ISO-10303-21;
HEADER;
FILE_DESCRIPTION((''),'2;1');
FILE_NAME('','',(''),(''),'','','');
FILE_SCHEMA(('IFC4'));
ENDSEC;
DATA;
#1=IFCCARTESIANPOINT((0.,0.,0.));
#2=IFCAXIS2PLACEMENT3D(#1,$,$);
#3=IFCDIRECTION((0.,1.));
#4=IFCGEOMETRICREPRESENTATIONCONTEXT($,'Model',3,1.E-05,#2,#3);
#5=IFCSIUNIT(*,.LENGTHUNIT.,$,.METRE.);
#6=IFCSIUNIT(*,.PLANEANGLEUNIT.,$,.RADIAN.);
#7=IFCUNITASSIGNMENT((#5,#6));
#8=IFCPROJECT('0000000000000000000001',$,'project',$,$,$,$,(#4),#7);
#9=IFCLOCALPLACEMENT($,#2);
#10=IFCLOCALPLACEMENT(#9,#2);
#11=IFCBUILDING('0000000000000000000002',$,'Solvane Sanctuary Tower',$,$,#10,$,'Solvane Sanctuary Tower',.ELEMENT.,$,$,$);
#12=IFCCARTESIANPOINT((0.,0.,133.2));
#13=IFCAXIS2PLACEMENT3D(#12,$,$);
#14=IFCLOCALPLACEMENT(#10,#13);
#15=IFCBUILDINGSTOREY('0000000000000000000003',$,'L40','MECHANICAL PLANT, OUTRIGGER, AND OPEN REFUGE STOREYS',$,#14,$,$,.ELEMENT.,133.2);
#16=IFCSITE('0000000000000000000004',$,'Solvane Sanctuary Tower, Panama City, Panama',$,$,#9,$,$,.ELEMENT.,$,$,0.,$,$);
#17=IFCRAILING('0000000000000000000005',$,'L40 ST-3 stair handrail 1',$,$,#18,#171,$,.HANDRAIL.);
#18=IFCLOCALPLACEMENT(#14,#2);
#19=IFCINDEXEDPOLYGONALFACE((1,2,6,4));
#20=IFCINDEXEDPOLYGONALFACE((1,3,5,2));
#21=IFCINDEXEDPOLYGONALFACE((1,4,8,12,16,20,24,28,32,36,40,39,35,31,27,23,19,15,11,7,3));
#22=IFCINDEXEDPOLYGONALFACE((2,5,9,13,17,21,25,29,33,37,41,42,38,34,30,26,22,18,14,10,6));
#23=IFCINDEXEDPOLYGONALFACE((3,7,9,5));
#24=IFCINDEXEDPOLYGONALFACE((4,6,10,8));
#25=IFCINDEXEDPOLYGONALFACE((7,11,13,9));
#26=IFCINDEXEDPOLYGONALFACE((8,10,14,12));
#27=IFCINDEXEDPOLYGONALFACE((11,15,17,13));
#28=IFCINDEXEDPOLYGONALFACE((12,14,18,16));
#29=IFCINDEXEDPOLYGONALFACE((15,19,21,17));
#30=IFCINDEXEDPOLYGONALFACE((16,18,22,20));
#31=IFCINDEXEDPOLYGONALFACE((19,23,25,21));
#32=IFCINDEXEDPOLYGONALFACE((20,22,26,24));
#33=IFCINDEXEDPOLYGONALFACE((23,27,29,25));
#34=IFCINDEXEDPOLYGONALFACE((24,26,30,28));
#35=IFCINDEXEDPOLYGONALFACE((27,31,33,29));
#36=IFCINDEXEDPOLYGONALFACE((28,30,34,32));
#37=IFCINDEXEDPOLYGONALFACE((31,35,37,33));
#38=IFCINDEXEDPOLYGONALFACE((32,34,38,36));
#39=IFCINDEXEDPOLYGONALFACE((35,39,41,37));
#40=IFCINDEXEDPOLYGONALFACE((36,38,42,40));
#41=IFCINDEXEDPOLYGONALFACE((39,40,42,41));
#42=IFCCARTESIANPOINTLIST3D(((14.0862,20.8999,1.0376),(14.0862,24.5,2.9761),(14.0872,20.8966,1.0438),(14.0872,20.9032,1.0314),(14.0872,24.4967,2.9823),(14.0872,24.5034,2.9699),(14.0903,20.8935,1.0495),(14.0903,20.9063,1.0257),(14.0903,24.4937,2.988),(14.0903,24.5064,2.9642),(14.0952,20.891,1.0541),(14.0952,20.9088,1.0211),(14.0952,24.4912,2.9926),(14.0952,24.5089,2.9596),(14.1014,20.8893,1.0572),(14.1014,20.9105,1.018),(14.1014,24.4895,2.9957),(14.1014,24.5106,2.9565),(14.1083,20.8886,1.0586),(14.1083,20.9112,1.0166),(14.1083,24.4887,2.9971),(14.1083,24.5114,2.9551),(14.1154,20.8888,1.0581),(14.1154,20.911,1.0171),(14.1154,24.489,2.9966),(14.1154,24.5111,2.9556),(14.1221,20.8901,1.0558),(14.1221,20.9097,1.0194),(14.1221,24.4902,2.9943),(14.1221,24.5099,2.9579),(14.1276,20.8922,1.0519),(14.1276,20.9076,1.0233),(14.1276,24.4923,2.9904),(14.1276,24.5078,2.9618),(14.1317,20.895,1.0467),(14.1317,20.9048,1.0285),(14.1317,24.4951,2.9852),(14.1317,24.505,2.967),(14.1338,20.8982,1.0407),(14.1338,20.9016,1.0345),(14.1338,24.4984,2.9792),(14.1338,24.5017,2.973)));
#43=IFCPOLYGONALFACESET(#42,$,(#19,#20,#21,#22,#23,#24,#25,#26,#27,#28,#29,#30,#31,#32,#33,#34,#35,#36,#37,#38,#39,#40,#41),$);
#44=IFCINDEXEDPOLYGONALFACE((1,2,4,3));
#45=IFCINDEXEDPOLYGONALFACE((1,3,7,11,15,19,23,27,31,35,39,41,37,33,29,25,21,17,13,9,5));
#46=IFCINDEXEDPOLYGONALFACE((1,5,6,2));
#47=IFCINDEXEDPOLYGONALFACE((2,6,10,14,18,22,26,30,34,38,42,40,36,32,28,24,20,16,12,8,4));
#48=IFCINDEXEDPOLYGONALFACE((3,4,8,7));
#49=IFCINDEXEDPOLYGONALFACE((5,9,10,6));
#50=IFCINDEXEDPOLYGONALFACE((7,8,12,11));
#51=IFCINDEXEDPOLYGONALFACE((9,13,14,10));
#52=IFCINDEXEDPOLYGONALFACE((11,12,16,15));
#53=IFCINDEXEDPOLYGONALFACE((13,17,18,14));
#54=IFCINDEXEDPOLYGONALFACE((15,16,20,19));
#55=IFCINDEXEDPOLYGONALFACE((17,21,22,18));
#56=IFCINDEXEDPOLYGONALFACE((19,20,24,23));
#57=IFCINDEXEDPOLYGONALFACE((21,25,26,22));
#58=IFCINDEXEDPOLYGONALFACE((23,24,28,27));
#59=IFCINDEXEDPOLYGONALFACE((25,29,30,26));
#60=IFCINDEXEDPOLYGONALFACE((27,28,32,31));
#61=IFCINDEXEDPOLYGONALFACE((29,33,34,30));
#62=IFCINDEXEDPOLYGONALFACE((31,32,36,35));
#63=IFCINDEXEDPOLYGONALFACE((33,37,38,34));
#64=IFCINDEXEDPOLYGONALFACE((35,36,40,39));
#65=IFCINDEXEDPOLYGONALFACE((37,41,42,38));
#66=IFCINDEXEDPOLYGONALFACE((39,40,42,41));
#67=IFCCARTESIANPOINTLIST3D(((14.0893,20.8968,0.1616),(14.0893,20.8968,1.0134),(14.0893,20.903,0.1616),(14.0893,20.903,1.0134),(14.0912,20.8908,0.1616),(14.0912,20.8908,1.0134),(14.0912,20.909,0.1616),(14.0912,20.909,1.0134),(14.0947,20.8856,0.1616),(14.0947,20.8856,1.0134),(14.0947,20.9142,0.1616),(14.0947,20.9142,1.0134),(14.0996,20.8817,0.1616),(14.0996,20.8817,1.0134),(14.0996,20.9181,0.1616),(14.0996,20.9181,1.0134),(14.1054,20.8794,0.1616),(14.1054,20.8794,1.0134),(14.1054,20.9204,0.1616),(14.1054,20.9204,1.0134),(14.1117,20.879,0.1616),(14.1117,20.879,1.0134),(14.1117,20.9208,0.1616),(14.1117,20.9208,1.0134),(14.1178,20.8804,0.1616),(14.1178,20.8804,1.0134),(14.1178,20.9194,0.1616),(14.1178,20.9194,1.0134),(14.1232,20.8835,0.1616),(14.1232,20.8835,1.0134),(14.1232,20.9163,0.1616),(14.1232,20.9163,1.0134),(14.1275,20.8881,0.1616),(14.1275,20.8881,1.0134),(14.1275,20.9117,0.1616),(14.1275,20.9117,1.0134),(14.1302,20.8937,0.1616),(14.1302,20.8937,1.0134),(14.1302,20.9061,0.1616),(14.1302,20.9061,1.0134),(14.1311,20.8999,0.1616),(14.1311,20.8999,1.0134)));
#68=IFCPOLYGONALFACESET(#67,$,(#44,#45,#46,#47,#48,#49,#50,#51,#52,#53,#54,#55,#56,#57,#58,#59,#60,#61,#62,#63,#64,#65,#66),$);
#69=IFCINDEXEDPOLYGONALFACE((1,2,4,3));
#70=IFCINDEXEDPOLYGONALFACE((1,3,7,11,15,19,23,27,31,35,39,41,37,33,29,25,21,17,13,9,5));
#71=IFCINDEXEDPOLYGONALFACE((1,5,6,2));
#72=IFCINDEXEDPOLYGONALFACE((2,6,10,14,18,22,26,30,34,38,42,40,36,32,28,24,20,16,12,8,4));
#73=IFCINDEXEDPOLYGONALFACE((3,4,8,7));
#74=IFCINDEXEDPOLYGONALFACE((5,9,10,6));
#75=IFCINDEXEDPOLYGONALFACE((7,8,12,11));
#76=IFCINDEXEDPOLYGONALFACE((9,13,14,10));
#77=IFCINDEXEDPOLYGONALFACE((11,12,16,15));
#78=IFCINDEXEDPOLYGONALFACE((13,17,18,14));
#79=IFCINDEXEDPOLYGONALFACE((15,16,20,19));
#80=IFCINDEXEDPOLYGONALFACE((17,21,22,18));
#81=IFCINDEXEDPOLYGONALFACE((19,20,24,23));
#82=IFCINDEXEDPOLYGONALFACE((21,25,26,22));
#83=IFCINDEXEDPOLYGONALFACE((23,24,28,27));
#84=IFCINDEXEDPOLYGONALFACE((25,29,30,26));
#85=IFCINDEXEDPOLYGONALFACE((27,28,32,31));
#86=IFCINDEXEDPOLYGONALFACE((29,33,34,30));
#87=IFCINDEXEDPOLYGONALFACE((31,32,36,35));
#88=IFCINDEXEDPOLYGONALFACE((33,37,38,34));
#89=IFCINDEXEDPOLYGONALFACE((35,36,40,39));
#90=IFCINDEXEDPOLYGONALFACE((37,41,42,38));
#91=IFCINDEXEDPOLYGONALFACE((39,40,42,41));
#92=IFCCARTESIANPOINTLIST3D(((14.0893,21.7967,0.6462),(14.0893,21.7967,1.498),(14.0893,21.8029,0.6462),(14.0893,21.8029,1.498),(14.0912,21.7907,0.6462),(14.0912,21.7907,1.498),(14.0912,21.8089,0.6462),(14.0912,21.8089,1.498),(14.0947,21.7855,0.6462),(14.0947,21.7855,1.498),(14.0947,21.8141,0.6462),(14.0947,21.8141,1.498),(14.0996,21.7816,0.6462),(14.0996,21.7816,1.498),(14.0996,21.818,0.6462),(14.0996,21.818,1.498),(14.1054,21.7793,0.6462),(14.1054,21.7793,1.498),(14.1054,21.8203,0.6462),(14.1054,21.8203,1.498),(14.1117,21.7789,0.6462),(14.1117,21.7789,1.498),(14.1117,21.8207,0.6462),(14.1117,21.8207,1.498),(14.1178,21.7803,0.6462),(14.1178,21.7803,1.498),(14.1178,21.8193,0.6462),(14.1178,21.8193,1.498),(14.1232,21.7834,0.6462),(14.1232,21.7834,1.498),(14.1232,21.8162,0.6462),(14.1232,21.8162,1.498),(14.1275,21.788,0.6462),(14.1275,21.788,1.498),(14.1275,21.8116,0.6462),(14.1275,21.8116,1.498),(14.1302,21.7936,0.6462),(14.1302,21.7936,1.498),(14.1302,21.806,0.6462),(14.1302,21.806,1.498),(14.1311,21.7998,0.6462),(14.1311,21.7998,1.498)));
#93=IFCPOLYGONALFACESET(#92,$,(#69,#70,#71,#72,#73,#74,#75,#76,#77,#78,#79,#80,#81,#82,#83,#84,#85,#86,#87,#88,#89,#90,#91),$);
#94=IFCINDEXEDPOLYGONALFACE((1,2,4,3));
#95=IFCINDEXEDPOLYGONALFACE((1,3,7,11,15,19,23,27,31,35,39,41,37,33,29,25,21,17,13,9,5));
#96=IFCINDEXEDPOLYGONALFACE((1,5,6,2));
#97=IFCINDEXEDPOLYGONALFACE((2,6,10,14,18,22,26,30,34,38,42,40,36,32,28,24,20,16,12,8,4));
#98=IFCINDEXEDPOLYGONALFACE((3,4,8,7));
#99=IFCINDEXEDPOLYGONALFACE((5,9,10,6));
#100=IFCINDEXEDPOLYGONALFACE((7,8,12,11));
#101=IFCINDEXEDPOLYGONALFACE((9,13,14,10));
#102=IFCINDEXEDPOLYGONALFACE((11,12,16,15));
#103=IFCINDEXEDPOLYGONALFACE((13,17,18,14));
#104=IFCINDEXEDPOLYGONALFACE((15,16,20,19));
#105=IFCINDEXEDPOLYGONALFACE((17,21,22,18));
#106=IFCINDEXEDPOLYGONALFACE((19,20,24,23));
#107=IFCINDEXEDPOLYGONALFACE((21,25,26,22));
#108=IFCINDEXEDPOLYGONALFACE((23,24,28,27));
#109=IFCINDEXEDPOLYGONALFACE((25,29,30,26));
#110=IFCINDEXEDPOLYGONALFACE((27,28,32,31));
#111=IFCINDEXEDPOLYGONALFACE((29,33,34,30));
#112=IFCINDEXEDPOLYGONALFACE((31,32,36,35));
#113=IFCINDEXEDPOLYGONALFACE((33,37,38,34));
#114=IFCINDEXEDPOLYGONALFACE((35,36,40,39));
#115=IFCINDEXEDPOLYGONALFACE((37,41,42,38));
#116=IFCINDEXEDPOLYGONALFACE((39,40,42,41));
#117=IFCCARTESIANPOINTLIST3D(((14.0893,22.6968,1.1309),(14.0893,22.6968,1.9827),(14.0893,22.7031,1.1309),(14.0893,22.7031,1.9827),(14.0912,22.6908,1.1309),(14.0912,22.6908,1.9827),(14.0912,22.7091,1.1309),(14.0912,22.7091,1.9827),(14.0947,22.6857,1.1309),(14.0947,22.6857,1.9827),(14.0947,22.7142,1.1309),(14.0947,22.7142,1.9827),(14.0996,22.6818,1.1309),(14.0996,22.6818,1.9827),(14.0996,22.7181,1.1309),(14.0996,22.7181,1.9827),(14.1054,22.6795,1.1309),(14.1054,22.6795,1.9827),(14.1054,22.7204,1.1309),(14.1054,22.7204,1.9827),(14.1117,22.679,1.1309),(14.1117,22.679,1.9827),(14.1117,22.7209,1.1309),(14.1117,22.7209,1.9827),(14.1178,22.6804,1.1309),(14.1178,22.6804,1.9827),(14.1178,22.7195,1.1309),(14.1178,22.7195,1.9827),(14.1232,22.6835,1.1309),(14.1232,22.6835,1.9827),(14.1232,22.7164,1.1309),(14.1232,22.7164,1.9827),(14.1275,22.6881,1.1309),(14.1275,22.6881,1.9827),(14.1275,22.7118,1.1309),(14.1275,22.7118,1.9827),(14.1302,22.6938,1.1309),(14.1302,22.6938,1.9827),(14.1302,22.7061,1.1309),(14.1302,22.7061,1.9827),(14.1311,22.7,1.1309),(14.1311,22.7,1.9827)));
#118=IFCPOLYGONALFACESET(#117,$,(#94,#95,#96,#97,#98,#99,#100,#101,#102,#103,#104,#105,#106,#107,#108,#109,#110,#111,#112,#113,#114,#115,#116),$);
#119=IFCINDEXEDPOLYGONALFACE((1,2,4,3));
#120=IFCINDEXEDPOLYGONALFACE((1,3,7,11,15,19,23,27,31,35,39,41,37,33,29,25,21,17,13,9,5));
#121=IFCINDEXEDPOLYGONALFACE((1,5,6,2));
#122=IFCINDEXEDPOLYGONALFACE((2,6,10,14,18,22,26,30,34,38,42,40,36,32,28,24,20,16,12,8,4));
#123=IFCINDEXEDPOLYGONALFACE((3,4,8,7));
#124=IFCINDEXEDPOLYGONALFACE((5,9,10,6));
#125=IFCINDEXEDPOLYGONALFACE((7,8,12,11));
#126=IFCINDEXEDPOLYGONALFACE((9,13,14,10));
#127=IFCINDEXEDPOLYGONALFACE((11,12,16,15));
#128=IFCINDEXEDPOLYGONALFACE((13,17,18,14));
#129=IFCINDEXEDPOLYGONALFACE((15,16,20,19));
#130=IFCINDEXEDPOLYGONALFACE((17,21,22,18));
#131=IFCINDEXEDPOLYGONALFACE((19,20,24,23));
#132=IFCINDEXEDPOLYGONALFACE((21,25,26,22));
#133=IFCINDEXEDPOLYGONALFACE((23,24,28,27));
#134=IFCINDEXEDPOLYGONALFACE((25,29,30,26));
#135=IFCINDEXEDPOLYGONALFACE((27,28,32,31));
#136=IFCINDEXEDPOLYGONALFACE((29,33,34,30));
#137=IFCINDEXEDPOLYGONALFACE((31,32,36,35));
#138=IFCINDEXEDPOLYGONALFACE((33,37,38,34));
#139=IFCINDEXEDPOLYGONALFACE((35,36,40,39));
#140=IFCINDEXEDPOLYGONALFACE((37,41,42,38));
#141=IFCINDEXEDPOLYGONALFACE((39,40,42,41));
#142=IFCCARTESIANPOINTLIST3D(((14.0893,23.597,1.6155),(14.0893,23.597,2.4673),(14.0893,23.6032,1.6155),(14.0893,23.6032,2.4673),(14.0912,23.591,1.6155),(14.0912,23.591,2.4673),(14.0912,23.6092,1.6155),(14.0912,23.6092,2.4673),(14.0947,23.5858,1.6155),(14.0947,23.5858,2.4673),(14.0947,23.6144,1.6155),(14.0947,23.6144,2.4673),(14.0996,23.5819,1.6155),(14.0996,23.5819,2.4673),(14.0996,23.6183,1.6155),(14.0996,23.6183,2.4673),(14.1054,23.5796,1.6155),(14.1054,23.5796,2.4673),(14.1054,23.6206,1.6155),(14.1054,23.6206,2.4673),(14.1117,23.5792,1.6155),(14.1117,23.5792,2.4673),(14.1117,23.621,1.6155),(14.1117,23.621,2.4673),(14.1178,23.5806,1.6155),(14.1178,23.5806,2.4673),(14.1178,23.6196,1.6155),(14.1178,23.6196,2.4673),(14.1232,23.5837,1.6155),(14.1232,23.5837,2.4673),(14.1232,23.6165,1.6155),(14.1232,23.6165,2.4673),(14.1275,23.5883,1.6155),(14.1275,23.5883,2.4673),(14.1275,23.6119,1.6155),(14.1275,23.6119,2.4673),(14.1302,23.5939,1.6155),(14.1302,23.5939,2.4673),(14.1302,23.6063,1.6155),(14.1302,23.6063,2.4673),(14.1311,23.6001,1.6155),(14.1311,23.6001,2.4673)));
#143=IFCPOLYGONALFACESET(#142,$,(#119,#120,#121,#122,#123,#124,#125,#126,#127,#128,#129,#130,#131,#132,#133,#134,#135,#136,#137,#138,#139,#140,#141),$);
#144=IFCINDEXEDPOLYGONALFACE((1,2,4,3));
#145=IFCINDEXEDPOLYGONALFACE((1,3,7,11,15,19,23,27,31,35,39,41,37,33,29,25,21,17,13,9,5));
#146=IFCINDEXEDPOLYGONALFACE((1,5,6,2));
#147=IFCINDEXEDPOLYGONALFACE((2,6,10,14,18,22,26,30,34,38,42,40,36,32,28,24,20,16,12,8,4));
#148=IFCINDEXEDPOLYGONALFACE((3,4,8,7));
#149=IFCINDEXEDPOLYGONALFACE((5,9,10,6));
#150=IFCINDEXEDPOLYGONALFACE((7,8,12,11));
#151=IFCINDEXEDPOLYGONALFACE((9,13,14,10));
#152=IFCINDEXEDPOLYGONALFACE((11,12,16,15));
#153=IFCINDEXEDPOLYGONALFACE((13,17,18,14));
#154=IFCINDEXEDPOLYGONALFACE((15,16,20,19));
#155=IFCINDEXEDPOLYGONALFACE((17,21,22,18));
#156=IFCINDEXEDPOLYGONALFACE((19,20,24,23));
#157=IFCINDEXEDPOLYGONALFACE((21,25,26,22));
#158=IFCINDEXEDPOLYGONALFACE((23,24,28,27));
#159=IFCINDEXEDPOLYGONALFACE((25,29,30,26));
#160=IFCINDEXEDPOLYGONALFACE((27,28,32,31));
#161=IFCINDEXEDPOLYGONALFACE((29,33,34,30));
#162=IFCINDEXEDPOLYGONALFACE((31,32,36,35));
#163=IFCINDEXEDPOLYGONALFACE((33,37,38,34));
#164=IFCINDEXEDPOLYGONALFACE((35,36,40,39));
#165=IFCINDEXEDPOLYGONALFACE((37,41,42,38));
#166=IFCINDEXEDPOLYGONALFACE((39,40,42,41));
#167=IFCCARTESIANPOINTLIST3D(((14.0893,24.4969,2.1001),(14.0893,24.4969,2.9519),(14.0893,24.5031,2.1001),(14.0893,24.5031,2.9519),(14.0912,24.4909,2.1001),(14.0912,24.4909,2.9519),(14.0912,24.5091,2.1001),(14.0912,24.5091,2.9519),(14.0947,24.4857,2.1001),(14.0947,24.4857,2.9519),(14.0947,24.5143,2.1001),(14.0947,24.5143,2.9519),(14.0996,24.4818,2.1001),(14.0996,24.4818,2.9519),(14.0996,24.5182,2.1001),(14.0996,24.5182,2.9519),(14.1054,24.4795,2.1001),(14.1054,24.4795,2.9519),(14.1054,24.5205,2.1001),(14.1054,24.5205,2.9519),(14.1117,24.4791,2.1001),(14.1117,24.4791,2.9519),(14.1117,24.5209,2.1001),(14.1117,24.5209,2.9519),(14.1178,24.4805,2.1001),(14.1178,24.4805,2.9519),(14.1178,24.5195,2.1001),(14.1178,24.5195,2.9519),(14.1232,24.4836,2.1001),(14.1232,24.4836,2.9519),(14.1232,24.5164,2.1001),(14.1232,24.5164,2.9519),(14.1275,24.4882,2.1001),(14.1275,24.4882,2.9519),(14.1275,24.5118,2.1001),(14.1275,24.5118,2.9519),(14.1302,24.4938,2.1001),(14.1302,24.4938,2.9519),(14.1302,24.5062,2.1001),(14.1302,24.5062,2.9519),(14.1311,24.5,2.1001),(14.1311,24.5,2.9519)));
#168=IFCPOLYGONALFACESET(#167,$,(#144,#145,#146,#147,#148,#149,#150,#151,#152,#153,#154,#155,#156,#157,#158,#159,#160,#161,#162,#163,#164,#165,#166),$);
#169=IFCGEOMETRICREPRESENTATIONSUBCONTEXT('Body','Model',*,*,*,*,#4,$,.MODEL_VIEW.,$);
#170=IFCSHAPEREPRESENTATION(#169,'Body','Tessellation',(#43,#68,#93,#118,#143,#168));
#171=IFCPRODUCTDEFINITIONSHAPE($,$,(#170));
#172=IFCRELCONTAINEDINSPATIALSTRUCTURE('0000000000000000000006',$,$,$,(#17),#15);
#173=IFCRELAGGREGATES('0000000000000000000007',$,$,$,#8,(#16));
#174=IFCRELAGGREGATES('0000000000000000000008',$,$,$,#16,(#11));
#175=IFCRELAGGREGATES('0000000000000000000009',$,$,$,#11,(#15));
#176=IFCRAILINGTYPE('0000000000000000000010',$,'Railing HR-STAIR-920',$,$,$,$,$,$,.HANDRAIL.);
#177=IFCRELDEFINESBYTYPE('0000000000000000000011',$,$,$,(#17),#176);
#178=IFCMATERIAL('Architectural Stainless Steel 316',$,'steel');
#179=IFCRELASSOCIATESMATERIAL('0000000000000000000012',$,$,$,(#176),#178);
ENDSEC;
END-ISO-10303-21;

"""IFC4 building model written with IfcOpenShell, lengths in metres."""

from ifc_helpers import new_model, si_unit, direction, frame, origin, origin_2d, place, context, subcontext, project, spatial, circle, extrude, material, type_object, element, save


model = new_model("IFC4")

# Units and contexts
model_context = context("Model", 3, precision=1e-05, world=origin(), true_north=direction((0.0, 1.0)))
body_context = subcontext(model_context, "Body", "Model", "MODEL_VIEW")
ifc_project = project(units=[si_unit("LENGTHUNIT", "METRE"), si_unit("PLANEANGLEUNIT", "RADIAN")], contexts=[model_context])

# Site, building, storey
site_placement = place(None, origin())
site = spatial("IfcSite", under=ifc_project, at=site_placement, Name="Solvane Sanctuary Tower, Panama City, Panama", CompositionType="ELEMENT", RefElevation=0.0)
building_placement = place(site_placement, origin())
building = spatial("IfcBuilding", under=site, at=building_placement, Name="Solvane Sanctuary Tower", LongName="Solvane Sanctuary Tower", CompositionType="ELEMENT")
storey_placement = place(building_placement, frame((0.0, 0.0, 133.2)))
storey = spatial("IfcBuildingStorey", under=building, at=storey_placement, Name="L40", Description="MECHANICAL PLANT, OUTRIGGER, AND OPEN REFUGE STOREYS", CompositionType="ELEMENT", Elevation=133.2)

# Shared definitions
ifc_material_1 = material(Name="Architectural Stainless Steel 316", Category="steel")

# Railing
railing_type_1 = type_object("IfcRailingType", Name="Railing HR-STAIR-920", PredefinedType="HANDRAIL", material=ifc_material_1)
for number, where, name in (
    (1, (14.1101, 20.8999, 0.1616), "L40 ST-3 stair handrail 1"),
):
    element("IfcRailing", number, at=place(storey_placement, frame(where)), inside=storey, type_object=railing_type_1, Name=name, PredefinedType="HANDRAIL", context=body_context, shape_type="SweptSolid", body=[
        extrude(circle(Radius=0.0239, at=origin_2d()), frame((0.0, 0.0, 0.876), z_axis=(0.0, 0.880475, 0.474093), x_axis=(-1.0, 0.0, 0.0)), (0.0, 0.0, 1.0), 4.0889),
        extrude(circle(Radius=0.021, at=origin_2d()), origin(), (0.0, 0.0, 1.0), 0.8518),
        extrude(circle(Radius=0.021, at=origin_2d()), frame((0.0, 0.8999, 0.4846)), (0.0, 0.0, 1.0), 0.8518),
        extrude(circle(Radius=0.021, at=origin_2d()), frame((0.0, 1.8, 0.9692)), (0.0, 0.0, 1.0), 0.8518),
        extrude(circle(Radius=0.021, at=origin_2d()), frame((0.0, 2.7002, 1.4539)), (0.0, 0.0, 1.0), 0.8518),
        extrude(circle(Radius=0.021, at=origin_2d()), frame((0.0, 3.6001, 1.9385)), (0.0, 0.0, 1.0), 0.8518),
    ])

save(model, "model.ifc")
